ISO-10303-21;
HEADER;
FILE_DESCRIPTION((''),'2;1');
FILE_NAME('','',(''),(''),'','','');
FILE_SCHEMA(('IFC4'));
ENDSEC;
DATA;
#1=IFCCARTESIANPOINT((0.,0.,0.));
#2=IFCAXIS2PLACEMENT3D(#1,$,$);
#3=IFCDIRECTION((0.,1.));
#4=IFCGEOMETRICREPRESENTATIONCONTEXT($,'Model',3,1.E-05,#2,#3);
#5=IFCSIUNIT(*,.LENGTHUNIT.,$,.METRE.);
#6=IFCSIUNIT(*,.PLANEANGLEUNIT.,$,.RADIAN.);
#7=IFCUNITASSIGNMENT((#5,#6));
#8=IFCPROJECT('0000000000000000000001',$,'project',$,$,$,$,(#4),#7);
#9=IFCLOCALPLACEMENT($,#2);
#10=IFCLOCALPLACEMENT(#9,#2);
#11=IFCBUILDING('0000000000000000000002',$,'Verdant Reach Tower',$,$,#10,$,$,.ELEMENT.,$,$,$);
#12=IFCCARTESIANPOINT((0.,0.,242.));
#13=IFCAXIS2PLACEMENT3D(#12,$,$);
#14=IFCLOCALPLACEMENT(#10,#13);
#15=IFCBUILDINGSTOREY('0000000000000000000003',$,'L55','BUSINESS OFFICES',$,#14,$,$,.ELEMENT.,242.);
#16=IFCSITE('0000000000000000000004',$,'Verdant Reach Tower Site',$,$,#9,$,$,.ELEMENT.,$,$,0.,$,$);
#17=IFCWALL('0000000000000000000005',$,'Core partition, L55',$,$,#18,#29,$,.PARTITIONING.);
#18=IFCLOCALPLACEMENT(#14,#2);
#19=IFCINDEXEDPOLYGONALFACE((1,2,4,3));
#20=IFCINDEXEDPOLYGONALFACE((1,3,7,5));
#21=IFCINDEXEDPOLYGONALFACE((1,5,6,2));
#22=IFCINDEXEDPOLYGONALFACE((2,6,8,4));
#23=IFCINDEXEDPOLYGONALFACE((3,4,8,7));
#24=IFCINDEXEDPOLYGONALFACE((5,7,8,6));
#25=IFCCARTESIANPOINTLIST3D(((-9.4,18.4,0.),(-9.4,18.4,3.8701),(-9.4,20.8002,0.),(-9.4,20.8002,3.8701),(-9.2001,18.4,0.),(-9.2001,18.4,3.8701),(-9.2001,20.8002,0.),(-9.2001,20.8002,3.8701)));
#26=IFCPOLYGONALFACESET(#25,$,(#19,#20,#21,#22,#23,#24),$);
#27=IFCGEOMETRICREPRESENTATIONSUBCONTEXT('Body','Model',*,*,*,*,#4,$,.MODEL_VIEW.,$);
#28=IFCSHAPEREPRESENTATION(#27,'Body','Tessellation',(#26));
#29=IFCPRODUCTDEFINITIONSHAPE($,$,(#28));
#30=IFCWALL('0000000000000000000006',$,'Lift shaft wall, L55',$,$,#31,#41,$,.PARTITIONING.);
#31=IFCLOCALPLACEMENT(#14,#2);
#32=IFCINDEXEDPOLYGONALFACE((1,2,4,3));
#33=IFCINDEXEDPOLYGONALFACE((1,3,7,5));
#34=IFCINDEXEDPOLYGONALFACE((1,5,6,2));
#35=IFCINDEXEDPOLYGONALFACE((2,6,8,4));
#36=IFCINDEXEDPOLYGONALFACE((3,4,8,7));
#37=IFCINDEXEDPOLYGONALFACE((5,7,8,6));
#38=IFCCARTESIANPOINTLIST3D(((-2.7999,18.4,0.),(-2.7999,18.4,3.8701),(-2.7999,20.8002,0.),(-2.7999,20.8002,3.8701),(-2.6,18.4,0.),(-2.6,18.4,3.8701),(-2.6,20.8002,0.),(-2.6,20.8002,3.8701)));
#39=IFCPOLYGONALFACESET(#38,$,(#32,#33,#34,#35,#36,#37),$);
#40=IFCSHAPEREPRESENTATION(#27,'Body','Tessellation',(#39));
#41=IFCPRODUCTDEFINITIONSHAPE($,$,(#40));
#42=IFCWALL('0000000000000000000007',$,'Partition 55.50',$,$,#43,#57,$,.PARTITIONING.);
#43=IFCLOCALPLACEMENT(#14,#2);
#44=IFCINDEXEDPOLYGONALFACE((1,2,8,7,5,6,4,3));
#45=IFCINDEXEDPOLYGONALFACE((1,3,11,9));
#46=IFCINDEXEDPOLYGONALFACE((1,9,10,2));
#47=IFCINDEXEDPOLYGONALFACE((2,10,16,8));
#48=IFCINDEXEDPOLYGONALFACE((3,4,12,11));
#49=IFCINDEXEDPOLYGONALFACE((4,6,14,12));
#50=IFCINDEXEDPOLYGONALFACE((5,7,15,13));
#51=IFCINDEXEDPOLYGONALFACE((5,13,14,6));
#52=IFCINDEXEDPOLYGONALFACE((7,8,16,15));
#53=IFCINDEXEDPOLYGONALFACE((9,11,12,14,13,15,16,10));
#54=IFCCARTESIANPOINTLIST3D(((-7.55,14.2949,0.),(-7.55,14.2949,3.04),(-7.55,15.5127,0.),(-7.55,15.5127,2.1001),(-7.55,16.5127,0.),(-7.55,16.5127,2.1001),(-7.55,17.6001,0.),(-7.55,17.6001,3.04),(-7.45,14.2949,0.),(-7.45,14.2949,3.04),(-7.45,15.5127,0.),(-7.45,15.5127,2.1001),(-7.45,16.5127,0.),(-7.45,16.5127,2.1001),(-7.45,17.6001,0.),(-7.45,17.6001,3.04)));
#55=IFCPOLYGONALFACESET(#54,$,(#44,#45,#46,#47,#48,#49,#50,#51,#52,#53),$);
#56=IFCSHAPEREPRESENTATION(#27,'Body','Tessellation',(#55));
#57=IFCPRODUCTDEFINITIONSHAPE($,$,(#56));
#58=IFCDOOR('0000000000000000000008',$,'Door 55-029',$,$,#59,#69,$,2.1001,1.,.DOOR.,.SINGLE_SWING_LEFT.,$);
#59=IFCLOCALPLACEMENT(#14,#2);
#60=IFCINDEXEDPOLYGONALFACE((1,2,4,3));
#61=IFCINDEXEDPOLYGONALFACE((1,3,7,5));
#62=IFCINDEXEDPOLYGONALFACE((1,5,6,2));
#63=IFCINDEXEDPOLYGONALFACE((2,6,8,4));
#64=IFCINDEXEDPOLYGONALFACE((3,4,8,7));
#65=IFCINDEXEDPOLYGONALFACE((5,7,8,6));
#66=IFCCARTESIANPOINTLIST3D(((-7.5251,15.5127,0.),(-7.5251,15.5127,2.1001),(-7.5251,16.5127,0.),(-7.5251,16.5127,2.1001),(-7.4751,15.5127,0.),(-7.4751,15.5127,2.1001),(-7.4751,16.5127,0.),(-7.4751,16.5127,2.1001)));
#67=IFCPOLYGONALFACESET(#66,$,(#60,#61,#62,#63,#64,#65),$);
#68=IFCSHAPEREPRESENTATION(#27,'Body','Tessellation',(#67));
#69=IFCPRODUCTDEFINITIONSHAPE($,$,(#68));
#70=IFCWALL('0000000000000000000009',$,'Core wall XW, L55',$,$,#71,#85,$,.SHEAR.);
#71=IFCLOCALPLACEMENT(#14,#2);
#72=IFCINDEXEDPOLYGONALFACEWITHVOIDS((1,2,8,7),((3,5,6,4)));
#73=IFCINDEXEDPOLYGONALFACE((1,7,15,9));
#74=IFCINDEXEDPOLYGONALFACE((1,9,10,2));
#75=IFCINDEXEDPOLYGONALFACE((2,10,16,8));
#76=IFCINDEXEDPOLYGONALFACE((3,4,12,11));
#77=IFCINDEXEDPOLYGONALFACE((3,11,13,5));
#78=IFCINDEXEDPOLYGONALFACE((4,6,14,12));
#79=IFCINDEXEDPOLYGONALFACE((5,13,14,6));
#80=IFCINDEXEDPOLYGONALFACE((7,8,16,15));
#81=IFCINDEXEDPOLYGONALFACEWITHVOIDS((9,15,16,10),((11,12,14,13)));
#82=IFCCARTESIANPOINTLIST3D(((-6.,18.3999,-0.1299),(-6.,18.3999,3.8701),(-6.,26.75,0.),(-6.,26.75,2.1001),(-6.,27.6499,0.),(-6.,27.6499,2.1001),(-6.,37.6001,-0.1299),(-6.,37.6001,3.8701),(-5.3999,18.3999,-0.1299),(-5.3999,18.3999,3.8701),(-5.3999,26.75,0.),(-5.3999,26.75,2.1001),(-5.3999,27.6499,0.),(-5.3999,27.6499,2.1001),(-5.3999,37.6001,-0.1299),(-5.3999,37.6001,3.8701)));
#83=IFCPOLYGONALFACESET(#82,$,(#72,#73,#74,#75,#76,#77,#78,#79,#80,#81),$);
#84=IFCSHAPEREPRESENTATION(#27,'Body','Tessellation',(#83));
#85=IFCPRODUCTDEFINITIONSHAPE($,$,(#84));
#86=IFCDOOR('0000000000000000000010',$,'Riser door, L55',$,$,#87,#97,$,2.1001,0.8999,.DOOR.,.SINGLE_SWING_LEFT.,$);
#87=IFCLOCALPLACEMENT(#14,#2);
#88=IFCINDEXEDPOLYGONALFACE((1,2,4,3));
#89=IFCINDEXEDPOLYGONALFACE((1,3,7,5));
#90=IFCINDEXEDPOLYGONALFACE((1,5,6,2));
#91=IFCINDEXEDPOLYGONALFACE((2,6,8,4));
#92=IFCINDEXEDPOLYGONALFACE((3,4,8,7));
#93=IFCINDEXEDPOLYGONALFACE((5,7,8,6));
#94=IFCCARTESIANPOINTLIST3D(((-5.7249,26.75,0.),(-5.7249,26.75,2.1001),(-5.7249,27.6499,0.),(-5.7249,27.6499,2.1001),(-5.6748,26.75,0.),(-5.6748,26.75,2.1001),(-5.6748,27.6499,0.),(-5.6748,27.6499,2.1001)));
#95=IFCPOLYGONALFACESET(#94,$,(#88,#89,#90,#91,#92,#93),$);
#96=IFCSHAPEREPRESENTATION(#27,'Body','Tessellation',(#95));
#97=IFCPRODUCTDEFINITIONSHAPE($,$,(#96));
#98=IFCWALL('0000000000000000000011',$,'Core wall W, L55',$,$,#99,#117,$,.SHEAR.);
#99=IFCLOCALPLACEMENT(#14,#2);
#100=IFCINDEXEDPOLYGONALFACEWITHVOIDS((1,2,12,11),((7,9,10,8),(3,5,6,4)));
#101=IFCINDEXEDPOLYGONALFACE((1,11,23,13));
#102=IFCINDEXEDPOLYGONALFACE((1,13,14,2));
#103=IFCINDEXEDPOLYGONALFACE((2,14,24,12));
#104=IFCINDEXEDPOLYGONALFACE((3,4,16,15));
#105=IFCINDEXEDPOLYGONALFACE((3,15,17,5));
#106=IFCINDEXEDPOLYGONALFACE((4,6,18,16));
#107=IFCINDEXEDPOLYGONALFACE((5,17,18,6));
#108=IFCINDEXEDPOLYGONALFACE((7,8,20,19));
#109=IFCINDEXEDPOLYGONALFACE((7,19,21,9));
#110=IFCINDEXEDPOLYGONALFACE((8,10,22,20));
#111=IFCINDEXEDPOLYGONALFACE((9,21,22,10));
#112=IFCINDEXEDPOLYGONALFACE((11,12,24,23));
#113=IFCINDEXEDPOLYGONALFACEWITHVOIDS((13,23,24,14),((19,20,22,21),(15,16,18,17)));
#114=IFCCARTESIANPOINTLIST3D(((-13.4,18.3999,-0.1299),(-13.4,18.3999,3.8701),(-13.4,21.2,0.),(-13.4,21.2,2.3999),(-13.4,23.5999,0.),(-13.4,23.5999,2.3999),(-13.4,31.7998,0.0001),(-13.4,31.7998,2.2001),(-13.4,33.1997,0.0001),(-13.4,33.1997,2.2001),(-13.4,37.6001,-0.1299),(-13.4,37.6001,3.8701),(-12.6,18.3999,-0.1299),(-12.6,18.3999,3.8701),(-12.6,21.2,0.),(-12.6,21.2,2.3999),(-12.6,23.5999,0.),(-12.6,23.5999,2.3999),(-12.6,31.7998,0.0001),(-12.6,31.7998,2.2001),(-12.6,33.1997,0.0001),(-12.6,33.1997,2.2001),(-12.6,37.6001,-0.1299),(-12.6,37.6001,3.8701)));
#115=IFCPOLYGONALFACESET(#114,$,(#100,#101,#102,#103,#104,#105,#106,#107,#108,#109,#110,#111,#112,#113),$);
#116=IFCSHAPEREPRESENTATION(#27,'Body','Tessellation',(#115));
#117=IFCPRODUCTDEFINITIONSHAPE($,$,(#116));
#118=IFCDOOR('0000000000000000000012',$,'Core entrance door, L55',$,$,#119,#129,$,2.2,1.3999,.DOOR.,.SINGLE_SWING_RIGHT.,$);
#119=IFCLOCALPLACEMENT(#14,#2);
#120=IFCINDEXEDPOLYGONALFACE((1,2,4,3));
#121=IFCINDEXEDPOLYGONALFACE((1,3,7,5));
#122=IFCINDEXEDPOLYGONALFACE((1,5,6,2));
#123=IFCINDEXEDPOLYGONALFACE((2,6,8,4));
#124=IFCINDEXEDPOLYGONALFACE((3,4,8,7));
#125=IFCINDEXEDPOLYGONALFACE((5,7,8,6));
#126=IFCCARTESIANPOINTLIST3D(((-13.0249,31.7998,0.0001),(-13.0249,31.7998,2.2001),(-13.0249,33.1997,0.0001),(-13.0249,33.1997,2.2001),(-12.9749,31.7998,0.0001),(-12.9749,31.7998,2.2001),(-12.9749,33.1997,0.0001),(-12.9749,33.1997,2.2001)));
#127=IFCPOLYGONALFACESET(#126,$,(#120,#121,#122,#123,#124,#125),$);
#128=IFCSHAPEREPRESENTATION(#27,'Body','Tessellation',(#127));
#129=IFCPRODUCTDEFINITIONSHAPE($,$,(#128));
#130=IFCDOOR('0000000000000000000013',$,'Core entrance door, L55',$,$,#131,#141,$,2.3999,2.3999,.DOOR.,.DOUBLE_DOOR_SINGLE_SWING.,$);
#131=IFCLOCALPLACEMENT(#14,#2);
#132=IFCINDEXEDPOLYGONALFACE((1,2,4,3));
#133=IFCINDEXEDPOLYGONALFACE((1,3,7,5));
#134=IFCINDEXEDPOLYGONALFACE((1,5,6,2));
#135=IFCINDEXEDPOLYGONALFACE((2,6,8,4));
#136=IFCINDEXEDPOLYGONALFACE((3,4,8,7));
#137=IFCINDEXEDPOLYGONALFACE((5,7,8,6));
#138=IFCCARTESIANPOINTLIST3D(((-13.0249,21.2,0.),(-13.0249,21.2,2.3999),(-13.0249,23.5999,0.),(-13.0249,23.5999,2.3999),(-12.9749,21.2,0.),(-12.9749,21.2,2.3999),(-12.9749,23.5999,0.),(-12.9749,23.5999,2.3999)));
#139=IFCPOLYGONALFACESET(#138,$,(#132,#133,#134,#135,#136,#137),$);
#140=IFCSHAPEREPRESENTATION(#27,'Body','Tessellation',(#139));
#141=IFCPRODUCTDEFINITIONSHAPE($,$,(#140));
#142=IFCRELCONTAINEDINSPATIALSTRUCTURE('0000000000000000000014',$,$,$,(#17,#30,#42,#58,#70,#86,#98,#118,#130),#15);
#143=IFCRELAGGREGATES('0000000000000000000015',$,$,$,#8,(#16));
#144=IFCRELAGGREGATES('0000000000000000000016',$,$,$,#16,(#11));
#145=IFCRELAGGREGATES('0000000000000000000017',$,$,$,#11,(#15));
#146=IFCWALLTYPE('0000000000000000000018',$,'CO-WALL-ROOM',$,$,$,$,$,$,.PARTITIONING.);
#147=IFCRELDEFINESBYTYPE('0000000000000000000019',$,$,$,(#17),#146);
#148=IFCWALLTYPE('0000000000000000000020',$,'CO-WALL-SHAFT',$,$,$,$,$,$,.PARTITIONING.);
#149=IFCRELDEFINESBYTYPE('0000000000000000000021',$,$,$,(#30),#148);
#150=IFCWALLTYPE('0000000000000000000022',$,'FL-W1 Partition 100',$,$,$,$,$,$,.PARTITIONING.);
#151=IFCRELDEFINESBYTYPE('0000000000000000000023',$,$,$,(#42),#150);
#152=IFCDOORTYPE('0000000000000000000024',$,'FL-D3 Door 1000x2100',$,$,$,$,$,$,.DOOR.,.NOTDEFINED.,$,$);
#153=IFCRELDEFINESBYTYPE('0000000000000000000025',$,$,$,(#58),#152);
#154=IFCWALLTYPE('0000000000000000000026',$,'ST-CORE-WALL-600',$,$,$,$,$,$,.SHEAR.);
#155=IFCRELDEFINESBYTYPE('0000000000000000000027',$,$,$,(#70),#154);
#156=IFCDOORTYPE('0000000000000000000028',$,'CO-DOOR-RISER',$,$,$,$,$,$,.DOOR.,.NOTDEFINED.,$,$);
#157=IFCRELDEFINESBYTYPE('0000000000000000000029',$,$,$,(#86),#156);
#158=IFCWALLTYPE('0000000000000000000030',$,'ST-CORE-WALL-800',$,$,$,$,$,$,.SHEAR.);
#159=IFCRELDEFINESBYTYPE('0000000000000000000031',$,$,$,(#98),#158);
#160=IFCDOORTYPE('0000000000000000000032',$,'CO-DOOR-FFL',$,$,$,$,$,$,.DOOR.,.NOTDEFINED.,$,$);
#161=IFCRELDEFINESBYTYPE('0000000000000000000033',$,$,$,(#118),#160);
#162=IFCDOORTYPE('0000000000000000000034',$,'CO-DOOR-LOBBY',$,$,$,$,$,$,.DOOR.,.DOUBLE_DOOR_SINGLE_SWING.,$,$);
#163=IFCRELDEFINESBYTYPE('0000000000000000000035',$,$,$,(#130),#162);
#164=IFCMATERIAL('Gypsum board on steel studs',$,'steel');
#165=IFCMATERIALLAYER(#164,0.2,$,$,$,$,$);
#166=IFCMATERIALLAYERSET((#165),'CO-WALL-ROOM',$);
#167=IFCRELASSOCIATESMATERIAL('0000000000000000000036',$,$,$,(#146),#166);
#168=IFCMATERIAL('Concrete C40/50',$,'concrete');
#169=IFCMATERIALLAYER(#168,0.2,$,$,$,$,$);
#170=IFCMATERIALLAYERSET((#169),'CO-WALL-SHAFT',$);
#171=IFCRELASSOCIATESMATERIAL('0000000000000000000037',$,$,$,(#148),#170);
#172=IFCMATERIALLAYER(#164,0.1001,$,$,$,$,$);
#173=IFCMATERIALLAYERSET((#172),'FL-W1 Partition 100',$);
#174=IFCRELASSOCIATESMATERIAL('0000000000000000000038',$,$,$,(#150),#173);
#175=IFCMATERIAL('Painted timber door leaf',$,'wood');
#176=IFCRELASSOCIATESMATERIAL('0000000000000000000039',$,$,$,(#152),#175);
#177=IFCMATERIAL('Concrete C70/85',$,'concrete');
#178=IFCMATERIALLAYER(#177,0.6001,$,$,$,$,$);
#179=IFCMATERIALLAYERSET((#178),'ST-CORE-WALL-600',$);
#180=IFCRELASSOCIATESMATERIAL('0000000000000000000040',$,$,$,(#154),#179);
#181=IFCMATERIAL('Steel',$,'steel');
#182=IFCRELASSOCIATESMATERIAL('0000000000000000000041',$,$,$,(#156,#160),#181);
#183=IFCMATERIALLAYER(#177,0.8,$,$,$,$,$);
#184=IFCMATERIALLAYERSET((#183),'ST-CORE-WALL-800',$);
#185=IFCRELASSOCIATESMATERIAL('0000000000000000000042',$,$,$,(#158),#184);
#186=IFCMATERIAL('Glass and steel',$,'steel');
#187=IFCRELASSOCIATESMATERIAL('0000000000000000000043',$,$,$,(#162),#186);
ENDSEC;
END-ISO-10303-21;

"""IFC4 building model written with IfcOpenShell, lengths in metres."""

from ifc_helpers import new_model, si_unit, direction, frame, frame_2d, origin, place, context, subcontext, project, spatial, rectangle, extrude, material, layer, layer_set, type_object, element, fill, save


model = new_model("IFC4")

# Units and contexts
model_context = context("Model", 3, precision=1e-05, world=origin(), true_north=direction((0.0, 1.0)))
body_context = subcontext(model_context, "Body", "Model", "MODEL_VIEW")
ifc_project = project(units=[si_unit("LENGTHUNIT", "METRE"), si_unit("PLANEANGLEUNIT", "RADIAN")], contexts=[model_context])

# Site, building, storey
site_placement = place(None, origin())
site = spatial("IfcSite", under=ifc_project, at=site_placement, Name="Verdant Reach Tower Site", CompositionType="ELEMENT", RefElevation=0.0)
building_placement = place(site_placement, origin())
building = spatial("IfcBuilding", under=site, at=building_placement, Name="Verdant Reach Tower", CompositionType="ELEMENT")
storey_placement = place(building_placement, frame((0.0, 0.0, 242.0)))
storey = spatial("IfcBuildingStorey", under=building, at=storey_placement, Name="L55", Description="BUSINESS OFFICES", CompositionType="ELEMENT", Elevation=242.0)

# Shared definitions
ifc_material_1 = material(Name="Gypsum board on steel studs", Category="steel")
ifc_layer_1 = layer(ifc_material_1, 0.2)
ifc_layer_set_1 = layer_set([ifc_layer_1], Name="CO-WALL-ROOM")
wall_type_1 = type_object("IfcWallType", Name="CO-WALL-ROOM", PredefinedType="PARTITIONING", material=ifc_layer_set_1)

# Walls
wall_1_placement = place(storey_placement, frame((-9.3, 18.3999, 0.0), z_axis=(0.0, 0.0, 1.0), x_axis=(0.0, 1.0, 0.0)))
element("IfcWall", 1, at=wall_1_placement, inside=storey, type_object=wall_type_1, Name="Core partition, L55", PredefinedType="PARTITIONING", context=body_context, shape_type="SweptSolid", body=[
    extrude(rectangle(XDim=2.4001, YDim=0.2, at=frame_2d((1.2002, 0.0))), origin(), (0.0, 0.0, 1.0), 3.8701),
])
ifc_material_2 = material(Name="Concrete C40/50", Category="concrete")
ifc_layer_2 = layer(ifc_material_2, 0.2)
ifc_layer_set_2 = layer_set([ifc_layer_2], Name="CO-WALL-SHAFT")
wall_type_2 = type_object("IfcWallType", Name="CO-WALL-SHAFT", PredefinedType="PARTITIONING", material=ifc_layer_set_2)
wall_2_placement = place(storey_placement, frame((-2.7, 18.3999, 0.0), z_axis=(0.0, 0.0, 1.0), x_axis=(0.0, 1.0, 0.0)))
element("IfcWall", 2, at=wall_2_placement, inside=storey, type_object=wall_type_2, Name="Lift shaft wall, L55", PredefinedType="PARTITIONING", context=body_context, shape_type="SweptSolid", body=[
    extrude(rectangle(XDim=2.4001, YDim=0.2, at=frame_2d((1.2002, 0.0))), origin(), (0.0, 0.0, 1.0), 3.8701),
])

# Walls, openings, doors
ifc_layer_3 = layer(ifc_material_1, 0.1001)
ifc_layer_set_3 = layer_set([ifc_layer_3], Name="FL-W1 Partition 100")
wall_type_3 = type_object("IfcWallType", Name="FL-W1 Partition 100", PredefinedType="PARTITIONING", material=ifc_layer_set_3)
wall_3_placement = place(storey_placement, frame((-7.5, 17.6001, 0.0), z_axis=(0.0, 0.0, 1.0), x_axis=(0.0, -1.0, 0.0)))
wall_3 = element("IfcWall", 3, at=wall_3_placement, inside=storey, type_object=wall_type_3, Name="Partition 55.50", PredefinedType="PARTITIONING", context=body_context, shape_type="SweptSolid", body=[
    extrude(rectangle(XDim=3.3052, YDim=0.1001, at=frame_2d((1.6526, 0.0))), origin(), (0.0, 0.0, 1.0), 3.04),
])
opening_1_placement = place(wall_3_placement, frame((1.0874, 0.0, 0.0)))
opening_1 = element("IfcOpeningElement", 4, at=opening_1_placement, cuts=wall_3, PredefinedType="OPENING", context=body_context, shape_type="SweptSolid", body=[
    extrude(rectangle(XDim=1.0, YDim=2.1001, at=frame_2d((0.5, 1.05))), frame((0.0, 0.0601, 0.0), z_axis=(0.0, -1.0, 0.0), x_axis=(1.0, 0.0, 0.0)), (0.0, 0.0, 1.0), 0.1201),
])
ifc_material_3 = material(Name="Painted timber door leaf", Category="wood")
door_type_1 = type_object("IfcDoorType", Name="FL-D3 Door 1000x2100", OperationType="NOTDEFINED", PredefinedType="DOOR", material=ifc_material_3)
door_1_placement = place(opening_1_placement, origin())
door_1 = element("IfcDoor", 5, at=door_1_placement, inside=storey, type_object=door_type_1, Name="Door 55-029", OperationType="SINGLE_SWING_LEFT", OverallHeight=2.1001, OverallWidth=1.0, PredefinedType="DOOR", context=body_context, shape_type="SweptSolid", body=[
    extrude(rectangle(XDim=1.0, YDim=2.1001, at=frame_2d((0.5, 1.05))), frame((0.0, 0.0249, 0.0), z_axis=(0.0, -1.0, 0.0), x_axis=(1.0, 0.0, 0.0)), (0.0, 0.0, 1.0), 0.05),
])
fill(opening_1, door_1)
ifc_material_4 = material(Name="Concrete C70/85", Category="concrete")
ifc_layer_4 = layer(ifc_material_4, 0.6001)
ifc_layer_set_4 = layer_set([ifc_layer_4], Name="ST-CORE-WALL-600")
wall_type_4 = type_object("IfcWallType", Name="ST-CORE-WALL-600", PredefinedType="SHEAR", material=ifc_layer_set_4)
wall_4_placement = place(storey_placement, frame((-5.7, 18.3999, -0.1299), z_axis=(0.0, 0.0, 1.0), x_axis=(0.0, 1.0, 0.0)))
wall_4 = element("IfcWall", 6, at=wall_4_placement, inside=storey, type_object=wall_type_4, Name="Core wall XW, L55", PredefinedType="SHEAR", context=body_context, shape_type="SweptSolid", body=[
    extrude(rectangle(XDim=19.2002, YDim=0.6001, at=frame_2d((9.6001, 0.0))), origin(), (0.0, 0.0, 1.0), 4.0),
])
opening_2_placement = place(wall_4_placement, frame((8.3501, 0.0, 0.1299)))
opening_2 = element("IfcOpeningElement", 7, at=opening_2_placement, cuts=wall_4, PredefinedType="OPENING", context=body_context, shape_type="SweptSolid", body=[
    extrude(rectangle(XDim=0.8999, YDim=2.1001, at=frame_2d((0.45, 1.05))), frame((0.0, 0.3101, 0.0), z_axis=(0.0, -1.0, 0.0), x_axis=(1.0, 0.0, 0.0)), (0.0, 0.0, 1.0), 0.6201),
])
ifc_material_5 = material(Name="Steel", Category="steel")
door_type_2 = type_object("IfcDoorType", Name="CO-DOOR-RISER", OperationType="NOTDEFINED", PredefinedType="DOOR", material=ifc_material_5)
door_2_placement = place(opening_2_placement, origin())
door_2 = element("IfcDoor", 8, at=door_2_placement, inside=storey, type_object=door_type_2, Name="Riser door, L55", OperationType="SINGLE_SWING_LEFT", OverallHeight=2.1001, OverallWidth=0.8999, PredefinedType="DOOR", context=body_context, shape_type="SweptSolid", body=[
    extrude(rectangle(XDim=0.8999, YDim=2.1001, at=frame_2d((0.45, 1.05))), frame((0.0, 0.0249, 0.0), z_axis=(0.0, -1.0, 0.0), x_axis=(1.0, 0.0, 0.0)), (0.0, 0.0, 1.0), 0.05),
])
fill(opening_2, door_2)

# Wall, openings, doors
ifc_layer_5 = layer(ifc_material_4, 0.8)
ifc_layer_set_5 = layer_set([ifc_layer_5], Name="ST-CORE-WALL-800")
wall_type_5 = type_object("IfcWallType", Name="ST-CORE-WALL-800", PredefinedType="SHEAR", material=ifc_layer_set_5)
wall_5_placement = place(storey_placement, frame((-13.0, 18.3999, -0.1299), z_axis=(0.0, 0.0, 1.0), x_axis=(0.0, 1.0, 0.0)))
wall_5 = element("IfcWall", 9, at=wall_5_placement, inside=storey, type_object=wall_type_5, Name="Core wall W, L55", PredefinedType="SHEAR", context=body_context, shape_type="SweptSolid", body=[
    extrude(rectangle(XDim=19.2002, YDim=0.8, at=frame_2d((9.6001, 0.0))), origin(), (0.0, 0.0, 1.0), 4.0),
])
opening_3_placement = place(wall_5_placement, frame((2.8, 0.0, 0.1299)))
opening_3 = element("IfcOpeningElement", 10, at=opening_3_placement, cuts=wall_5, PredefinedType="OPENING", context=body_context, shape_type="SweptSolid", body=[
    extrude(rectangle(XDim=2.3999, YDim=2.3999, at=frame_2d((1.2, 1.2))), frame((0.0, 0.4099, 0.0), z_axis=(0.0, -1.0, 0.0), x_axis=(1.0, 0.0, 0.0)), (0.0, 0.0, 1.0), 0.8201),
])
opening_4_placement = place(wall_5_placement, frame((13.3999, 0.0, 0.1299)))
opening_4 = element("IfcOpeningElement", 11, at=opening_4_placement, cuts=wall_5, PredefinedType="OPENING", context=body_context, shape_type="SweptSolid", body=[
    extrude(rectangle(XDim=1.3999, YDim=2.2, at=frame_2d((0.7, 1.1001))), frame((0.0, 0.4099, 0.0), z_axis=(0.0, -1.0, 0.0), x_axis=(1.0, 0.0, 0.0)), (0.0, 0.0, 1.0), 0.8201),
])
door_type_3 = type_object("IfcDoorType", Name="CO-DOOR-FFL", OperationType="NOTDEFINED", PredefinedType="DOOR", material=ifc_material_5)
door_3_placement = place(opening_4_placement, origin())
door_3 = element("IfcDoor", 12, at=door_3_placement, inside=storey, type_object=door_type_3, Name="Core entrance door, L55", OperationType="SINGLE_SWING_RIGHT", OverallHeight=2.2, OverallWidth=1.3999, PredefinedType="DOOR", context=body_context, shape_type="SweptSolid", body=[
    extrude(rectangle(XDim=1.3999, YDim=2.2, at=frame_2d((0.7, 1.1001))), frame((0.0, 0.0249, 0.0), z_axis=(0.0, -1.0, 0.0), x_axis=(1.0, 0.0, 0.0)), (0.0, 0.0, 1.0), 0.05),
])
fill(opening_4, door_3)
ifc_material_6 = material(Name="Glass and steel", Category="steel")
door_type_4 = type_object("IfcDoorType", Name="CO-DOOR-LOBBY", OperationType="DOUBLE_DOOR_SINGLE_SWING", PredefinedType="DOOR", material=ifc_material_6)
door_4_placement = place(opening_3_placement, origin())
door_4 = element("IfcDoor", 13, at=door_4_placement, inside=storey, type_object=door_type_4, Name="Core entrance door, L55", OperationType="DOUBLE_DOOR_SINGLE_SWING", OverallHeight=2.3999, OverallWidth=2.3999, PredefinedType="DOOR", context=body_context, shape_type="SweptSolid", body=[
    extrude(rectangle(XDim=2.3999, YDim=2.3999, at=frame_2d((1.2, 1.2))), frame((0.0, 0.0249, 0.0), z_axis=(0.0, -1.0, 0.0), x_axis=(1.0, 0.0, 0.0)), (0.0, 0.0, 1.0), 0.05),
])
fill(opening_3, door_4)

save(model, "model.ifc")
